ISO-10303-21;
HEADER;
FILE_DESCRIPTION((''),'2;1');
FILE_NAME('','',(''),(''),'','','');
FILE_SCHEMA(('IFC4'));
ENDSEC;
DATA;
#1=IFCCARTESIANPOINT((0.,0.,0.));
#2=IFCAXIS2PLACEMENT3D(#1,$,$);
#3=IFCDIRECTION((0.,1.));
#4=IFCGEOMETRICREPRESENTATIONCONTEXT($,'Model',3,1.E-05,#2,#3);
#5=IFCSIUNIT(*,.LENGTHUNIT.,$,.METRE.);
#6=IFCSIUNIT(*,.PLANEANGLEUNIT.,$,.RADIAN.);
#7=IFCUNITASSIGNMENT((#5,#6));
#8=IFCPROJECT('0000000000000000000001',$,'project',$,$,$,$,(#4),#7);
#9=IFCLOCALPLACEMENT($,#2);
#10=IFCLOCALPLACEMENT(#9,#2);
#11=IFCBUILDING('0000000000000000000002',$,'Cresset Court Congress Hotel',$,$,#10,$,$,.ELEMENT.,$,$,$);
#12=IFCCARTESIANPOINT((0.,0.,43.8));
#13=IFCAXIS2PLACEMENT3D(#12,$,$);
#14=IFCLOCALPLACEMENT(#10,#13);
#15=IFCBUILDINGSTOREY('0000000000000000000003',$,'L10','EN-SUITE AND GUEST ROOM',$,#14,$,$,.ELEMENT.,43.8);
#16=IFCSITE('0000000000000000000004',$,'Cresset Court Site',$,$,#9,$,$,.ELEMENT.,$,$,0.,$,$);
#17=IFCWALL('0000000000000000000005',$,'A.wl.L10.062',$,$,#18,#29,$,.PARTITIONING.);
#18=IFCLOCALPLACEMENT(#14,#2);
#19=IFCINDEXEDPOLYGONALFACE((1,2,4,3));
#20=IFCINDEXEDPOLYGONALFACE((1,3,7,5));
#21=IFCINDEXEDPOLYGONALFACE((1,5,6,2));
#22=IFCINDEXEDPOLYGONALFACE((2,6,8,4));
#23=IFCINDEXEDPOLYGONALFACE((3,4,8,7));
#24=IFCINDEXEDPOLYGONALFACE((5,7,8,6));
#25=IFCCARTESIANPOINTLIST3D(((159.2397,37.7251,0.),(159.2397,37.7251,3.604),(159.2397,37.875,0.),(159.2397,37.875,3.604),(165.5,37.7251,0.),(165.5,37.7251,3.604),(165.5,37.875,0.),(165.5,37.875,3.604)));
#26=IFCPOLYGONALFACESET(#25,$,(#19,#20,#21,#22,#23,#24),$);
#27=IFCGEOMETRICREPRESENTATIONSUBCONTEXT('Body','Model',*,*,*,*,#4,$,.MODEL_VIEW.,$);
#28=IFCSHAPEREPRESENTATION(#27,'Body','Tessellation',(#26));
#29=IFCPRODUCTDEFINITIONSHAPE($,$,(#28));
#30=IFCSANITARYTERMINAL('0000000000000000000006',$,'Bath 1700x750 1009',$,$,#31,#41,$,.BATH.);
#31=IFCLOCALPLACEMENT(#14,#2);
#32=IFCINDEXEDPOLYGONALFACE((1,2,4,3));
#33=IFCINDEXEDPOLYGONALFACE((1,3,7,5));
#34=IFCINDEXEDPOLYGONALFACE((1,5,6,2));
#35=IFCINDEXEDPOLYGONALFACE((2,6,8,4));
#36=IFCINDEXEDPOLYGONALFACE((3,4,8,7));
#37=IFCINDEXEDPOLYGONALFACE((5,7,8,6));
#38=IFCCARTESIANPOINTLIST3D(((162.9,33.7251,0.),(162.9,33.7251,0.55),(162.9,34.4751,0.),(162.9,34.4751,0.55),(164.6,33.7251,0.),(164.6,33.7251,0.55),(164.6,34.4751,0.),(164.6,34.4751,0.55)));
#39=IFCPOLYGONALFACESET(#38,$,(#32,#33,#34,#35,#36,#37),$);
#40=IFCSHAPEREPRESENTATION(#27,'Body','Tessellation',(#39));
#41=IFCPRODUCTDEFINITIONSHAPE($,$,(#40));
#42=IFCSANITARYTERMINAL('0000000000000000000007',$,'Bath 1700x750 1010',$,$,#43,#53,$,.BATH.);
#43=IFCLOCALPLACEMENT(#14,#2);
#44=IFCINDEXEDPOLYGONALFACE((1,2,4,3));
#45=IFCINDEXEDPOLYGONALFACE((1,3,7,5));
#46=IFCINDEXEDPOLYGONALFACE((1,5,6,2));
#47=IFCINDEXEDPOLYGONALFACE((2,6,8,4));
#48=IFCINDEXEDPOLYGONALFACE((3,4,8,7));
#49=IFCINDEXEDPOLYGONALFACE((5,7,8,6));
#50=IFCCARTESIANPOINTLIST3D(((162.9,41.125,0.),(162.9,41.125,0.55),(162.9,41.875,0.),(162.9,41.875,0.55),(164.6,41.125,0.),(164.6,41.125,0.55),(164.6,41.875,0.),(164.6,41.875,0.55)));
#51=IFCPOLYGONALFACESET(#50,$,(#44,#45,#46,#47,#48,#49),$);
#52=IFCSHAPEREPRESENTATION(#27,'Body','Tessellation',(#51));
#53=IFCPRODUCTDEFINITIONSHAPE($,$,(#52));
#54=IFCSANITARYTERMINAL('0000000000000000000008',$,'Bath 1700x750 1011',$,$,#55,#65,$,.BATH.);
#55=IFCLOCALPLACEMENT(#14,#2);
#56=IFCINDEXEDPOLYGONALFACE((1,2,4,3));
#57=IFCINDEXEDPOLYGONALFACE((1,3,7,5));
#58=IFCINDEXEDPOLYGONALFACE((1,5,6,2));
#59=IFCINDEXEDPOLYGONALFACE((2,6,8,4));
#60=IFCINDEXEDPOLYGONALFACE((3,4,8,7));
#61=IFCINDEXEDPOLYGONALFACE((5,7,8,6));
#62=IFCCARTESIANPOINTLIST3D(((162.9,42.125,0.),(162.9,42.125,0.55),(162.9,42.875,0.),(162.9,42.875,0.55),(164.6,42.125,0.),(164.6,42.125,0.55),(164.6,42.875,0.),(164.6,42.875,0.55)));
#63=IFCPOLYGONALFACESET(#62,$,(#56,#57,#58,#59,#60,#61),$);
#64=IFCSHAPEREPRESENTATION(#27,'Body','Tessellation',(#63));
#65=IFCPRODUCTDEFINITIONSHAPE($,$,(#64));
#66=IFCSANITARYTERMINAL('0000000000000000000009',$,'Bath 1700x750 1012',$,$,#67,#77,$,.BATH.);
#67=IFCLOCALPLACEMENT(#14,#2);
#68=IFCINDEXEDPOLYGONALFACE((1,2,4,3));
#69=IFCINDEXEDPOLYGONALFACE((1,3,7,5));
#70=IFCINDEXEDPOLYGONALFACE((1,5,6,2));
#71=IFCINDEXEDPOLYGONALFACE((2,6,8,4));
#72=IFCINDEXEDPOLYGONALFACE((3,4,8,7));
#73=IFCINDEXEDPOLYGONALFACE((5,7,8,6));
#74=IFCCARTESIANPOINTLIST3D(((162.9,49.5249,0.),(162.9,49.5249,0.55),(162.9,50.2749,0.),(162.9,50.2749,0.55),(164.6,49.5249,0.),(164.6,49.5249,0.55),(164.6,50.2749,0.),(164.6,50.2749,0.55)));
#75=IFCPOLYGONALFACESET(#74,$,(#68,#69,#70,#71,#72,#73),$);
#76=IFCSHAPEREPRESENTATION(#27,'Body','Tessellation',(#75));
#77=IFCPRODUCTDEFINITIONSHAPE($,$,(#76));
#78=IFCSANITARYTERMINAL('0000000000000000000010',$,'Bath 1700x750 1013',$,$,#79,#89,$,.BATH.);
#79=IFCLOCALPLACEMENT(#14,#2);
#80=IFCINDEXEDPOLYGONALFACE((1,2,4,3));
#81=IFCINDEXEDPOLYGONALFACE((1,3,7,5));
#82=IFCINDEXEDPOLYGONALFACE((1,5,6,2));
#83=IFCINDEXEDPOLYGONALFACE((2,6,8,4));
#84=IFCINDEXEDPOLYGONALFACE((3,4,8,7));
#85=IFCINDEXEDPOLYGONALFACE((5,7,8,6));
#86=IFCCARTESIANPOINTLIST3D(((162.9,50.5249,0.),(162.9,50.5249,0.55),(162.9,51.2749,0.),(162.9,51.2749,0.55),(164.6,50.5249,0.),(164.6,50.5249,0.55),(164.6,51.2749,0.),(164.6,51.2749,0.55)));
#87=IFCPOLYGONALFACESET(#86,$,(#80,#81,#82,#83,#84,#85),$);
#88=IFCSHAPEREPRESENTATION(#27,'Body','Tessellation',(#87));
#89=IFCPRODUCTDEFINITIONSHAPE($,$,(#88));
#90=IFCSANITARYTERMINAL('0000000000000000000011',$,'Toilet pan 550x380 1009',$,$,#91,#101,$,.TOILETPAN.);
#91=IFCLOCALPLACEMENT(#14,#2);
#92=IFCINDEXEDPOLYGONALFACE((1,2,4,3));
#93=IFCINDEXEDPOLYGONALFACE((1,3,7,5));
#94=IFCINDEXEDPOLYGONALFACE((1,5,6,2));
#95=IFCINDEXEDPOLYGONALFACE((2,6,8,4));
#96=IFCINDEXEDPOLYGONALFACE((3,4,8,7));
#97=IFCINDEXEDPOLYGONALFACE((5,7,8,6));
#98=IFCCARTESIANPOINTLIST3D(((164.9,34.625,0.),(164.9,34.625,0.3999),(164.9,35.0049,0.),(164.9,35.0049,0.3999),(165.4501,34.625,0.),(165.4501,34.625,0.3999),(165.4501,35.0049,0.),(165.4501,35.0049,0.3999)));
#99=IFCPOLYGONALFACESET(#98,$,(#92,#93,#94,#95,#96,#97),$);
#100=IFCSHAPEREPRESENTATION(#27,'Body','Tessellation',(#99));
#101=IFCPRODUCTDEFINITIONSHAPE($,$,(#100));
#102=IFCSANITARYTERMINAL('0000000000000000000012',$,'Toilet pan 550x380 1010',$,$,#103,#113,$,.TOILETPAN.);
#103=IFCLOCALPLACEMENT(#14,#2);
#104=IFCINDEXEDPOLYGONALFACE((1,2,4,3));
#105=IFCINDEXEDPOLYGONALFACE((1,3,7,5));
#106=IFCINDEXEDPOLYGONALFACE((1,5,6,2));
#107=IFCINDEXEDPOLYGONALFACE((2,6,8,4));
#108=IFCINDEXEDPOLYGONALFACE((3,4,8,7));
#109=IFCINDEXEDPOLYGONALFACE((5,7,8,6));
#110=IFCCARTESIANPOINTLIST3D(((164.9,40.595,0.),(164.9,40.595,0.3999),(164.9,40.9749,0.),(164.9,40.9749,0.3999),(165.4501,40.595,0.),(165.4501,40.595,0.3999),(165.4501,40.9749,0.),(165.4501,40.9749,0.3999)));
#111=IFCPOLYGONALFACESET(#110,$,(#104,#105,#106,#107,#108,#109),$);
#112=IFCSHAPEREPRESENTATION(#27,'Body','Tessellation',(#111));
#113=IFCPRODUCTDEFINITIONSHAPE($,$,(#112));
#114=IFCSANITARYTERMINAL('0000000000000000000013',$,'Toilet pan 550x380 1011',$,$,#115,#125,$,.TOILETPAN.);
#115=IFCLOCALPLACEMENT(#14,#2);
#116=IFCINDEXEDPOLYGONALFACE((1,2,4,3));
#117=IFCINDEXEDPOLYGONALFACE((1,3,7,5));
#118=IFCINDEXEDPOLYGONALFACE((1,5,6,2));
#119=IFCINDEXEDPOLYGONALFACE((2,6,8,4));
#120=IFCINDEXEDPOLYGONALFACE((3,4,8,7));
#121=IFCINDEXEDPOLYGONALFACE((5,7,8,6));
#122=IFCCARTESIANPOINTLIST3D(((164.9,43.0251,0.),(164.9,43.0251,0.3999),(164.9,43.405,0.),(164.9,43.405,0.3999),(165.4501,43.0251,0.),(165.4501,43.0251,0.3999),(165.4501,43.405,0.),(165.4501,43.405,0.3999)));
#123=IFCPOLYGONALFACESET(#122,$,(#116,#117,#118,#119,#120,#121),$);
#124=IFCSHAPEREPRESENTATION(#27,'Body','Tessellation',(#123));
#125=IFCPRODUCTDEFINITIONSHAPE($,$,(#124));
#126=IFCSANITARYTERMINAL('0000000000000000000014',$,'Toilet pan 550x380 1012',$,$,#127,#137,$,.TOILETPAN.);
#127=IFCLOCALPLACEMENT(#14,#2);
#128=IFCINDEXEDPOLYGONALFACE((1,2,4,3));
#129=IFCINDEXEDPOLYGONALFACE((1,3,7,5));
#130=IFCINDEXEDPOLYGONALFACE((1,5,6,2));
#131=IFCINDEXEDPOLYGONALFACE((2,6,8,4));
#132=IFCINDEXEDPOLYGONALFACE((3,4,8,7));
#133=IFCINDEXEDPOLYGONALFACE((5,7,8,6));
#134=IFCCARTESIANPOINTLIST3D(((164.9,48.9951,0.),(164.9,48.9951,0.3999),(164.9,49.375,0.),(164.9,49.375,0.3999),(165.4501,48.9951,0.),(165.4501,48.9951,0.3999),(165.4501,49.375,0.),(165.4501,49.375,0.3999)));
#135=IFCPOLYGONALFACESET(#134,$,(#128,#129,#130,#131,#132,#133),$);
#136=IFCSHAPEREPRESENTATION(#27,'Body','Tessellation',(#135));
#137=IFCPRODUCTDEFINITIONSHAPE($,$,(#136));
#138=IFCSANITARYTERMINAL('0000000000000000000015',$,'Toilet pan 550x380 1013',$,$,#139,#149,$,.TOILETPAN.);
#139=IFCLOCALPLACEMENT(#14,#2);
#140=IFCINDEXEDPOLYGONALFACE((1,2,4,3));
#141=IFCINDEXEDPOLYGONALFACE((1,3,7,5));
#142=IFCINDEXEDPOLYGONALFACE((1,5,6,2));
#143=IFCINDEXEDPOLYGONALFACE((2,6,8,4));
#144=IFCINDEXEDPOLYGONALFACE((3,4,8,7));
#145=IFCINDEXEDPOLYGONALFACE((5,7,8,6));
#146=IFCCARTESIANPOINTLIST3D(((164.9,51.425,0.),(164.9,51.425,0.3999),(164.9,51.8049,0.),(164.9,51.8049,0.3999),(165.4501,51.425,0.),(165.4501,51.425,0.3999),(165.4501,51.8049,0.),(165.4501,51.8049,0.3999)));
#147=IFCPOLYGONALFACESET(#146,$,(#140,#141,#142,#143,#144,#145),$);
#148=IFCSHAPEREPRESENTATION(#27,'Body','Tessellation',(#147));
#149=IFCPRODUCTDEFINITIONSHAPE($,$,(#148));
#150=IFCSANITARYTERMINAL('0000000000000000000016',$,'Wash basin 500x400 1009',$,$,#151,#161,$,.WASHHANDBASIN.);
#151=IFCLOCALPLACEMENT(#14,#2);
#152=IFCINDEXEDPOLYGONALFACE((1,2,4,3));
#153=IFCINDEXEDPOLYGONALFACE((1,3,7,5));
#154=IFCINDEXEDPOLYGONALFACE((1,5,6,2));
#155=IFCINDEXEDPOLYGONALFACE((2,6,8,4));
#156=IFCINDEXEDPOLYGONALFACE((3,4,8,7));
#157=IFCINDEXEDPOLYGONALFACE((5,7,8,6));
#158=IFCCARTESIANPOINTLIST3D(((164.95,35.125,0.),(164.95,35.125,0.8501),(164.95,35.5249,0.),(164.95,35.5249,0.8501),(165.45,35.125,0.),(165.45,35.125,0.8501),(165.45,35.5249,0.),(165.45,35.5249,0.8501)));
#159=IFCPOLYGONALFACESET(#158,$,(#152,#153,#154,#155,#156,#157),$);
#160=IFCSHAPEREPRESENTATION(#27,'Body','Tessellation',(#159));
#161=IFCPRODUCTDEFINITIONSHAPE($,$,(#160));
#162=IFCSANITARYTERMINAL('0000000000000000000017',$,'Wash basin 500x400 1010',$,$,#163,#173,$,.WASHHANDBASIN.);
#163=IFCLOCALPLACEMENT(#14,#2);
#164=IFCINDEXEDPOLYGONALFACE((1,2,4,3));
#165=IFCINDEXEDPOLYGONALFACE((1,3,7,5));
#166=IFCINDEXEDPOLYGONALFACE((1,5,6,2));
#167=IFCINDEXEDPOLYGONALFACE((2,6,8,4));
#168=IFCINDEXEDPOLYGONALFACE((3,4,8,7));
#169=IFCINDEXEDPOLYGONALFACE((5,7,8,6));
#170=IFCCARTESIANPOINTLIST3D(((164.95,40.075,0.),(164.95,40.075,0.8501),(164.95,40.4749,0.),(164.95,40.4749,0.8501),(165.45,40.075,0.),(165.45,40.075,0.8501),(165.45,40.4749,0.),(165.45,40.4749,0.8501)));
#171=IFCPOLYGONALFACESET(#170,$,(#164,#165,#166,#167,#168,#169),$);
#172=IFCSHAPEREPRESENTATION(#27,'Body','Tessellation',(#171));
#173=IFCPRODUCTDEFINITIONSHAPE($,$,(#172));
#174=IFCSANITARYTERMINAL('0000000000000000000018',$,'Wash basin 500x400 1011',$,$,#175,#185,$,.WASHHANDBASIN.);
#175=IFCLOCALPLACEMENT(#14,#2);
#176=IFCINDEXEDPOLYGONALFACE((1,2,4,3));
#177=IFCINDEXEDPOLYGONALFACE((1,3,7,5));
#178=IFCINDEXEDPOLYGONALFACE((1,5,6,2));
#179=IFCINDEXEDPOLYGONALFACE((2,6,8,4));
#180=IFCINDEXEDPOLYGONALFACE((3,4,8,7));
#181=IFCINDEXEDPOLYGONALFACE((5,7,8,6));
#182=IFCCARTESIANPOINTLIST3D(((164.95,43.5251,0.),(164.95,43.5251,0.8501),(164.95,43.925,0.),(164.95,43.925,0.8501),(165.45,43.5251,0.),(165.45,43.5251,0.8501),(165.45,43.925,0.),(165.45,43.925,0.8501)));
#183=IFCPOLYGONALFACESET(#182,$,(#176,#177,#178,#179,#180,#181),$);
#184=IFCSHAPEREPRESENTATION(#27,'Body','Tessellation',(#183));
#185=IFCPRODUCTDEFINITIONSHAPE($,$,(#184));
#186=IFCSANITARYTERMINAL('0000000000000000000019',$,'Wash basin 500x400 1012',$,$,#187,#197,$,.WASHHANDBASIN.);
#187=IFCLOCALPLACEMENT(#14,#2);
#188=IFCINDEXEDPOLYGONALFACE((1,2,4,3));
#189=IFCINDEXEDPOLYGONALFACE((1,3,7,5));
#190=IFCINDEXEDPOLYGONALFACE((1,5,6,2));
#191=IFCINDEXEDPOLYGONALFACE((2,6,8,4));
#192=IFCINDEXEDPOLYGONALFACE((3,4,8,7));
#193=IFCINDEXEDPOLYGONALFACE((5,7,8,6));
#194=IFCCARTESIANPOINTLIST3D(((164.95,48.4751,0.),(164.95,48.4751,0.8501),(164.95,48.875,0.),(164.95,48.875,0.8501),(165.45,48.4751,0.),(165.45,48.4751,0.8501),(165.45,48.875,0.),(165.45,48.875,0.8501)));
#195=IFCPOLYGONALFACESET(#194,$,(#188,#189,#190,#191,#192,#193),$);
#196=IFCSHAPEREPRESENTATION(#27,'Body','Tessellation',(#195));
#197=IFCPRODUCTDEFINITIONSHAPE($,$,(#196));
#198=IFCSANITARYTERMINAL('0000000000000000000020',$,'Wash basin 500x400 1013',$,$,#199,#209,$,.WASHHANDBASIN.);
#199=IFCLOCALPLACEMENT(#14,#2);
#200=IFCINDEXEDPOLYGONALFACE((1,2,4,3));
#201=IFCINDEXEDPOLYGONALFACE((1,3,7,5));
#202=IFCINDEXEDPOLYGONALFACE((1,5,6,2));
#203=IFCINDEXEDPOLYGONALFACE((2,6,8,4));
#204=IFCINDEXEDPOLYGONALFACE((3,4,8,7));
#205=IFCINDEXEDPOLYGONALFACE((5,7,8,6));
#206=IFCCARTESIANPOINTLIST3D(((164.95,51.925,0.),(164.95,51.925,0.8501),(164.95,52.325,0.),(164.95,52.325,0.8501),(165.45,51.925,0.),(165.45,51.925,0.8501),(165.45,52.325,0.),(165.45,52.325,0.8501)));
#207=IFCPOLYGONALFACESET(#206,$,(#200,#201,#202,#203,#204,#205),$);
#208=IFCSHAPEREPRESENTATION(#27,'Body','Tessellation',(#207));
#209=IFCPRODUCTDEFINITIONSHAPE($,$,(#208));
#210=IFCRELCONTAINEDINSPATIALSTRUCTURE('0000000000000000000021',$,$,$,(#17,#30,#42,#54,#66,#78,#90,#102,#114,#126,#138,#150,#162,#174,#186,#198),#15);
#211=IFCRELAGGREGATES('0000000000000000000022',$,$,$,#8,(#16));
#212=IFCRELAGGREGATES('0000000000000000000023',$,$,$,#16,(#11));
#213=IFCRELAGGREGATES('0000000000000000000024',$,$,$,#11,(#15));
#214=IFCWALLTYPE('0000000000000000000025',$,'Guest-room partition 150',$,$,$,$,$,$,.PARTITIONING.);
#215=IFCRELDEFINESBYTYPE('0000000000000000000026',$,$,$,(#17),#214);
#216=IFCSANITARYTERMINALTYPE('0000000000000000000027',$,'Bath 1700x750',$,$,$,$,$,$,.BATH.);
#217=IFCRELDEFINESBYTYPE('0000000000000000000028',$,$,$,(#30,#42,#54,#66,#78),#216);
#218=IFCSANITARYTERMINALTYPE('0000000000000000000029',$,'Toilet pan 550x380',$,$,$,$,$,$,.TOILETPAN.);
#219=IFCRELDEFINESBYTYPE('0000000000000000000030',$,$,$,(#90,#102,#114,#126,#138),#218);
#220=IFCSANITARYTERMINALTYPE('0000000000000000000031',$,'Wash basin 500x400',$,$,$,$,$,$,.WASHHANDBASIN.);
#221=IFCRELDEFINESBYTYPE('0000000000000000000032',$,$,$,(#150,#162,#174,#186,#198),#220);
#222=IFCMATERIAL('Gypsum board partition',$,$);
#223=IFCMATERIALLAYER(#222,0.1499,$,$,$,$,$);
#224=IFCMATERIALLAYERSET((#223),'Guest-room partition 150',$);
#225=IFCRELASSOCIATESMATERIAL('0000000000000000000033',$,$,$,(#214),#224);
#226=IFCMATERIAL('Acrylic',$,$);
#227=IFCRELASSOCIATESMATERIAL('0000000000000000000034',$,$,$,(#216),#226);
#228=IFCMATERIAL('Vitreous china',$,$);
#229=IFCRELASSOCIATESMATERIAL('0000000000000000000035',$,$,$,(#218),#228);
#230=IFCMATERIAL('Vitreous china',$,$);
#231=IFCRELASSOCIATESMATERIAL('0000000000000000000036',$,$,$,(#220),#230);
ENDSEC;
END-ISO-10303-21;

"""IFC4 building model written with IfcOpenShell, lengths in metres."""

from ifc_helpers import new_model, si_unit, direction, frame, frame_2d, origin, origin_2d, place, context, subcontext, project, spatial, rectangle, extrude, material, layer, layer_set, type_object, element, save


model = new_model("IFC4")

# Units and contexts
model_context = context("Model", 3, precision=1e-05, world=origin(), true_north=direction((0.0, 1.0)))
body_context = subcontext(model_context, "Body", "Model", "MODEL_VIEW")
ifc_project = project(units=[si_unit("LENGTHUNIT", "METRE"), si_unit("PLANEANGLEUNIT", "RADIAN")], contexts=[model_context])

# Site, building, storey
site_placement = place(None, origin())
site = spatial("IfcSite", under=ifc_project, at=site_placement, Name="Cresset Court Site", CompositionType="ELEMENT", RefElevation=0.0)
building_placement = place(site_placement, origin())
building = spatial("IfcBuilding", under=site, at=building_placement, Name="Cresset Court Congress Hotel", CompositionType="ELEMENT")
storey_placement = place(building_placement, frame((0.0, 0.0, 43.8)))
storey = spatial("IfcBuildingStorey", under=building, at=storey_placement, Name="L10", Description="EN-SUITE AND GUEST ROOM", CompositionType="ELEMENT", Elevation=43.8)

# Wall
ifc_material_1 = material(Name="Gypsum board partition")
ifc_layer_1 = layer(ifc_material_1, 0.1499)
ifc_layer_set_1 = layer_set([ifc_layer_1], Name="Guest-room partition 150")
wall_type_1 = type_object("IfcWallType", Name="Guest-room partition 150", PredefinedType="PARTITIONING", material=ifc_layer_set_1)
wall_1_placement = place(storey_placement, frame((159.2397, 37.8, 0.0), z_axis=(0.0, 0.0, 1.0), x_axis=(1.0, 0.0, 0.0)))
element("IfcWall", 1, at=wall_1_placement, inside=storey, type_object=wall_type_1, Name="A.wl.L10.062", PredefinedType="PARTITIONING", context=body_context, shape_type="SweptSolid", body=[
    extrude(rectangle(XDim=6.2603, YDim=0.1499, at=frame_2d((3.1301, 0.0))), origin(), (0.0, 0.0, 1.0), 3.604),
])

# Sanitary terminals
ifc_material_2 = material(Name="Acrylic")
sanitary_terminal_type_1 = type_object("IfcSanitaryTerminalType", Name="Bath 1700x750", PredefinedType="BATH", material=ifc_material_2)
for number, where, z_axis, x_axis, name in (
    (2, (163.75, 34.1001, 0.0), (0.0, 0.0, 1.0), (1.0, 0.0, 0.0), "Bath 1700x750 1009"),
    (3, (163.75, 41.5, 0.0), (0.0, 0.0, 1.0), (1.0, 0.0, 0.0), "Bath 1700x750 1010"),
    (4, (163.75, 42.5, 0.0), (0.0, 0.0, 1.0), (1.0, 0.0, 0.0), "Bath 1700x750 1011"),
    (5, (163.75, 49.8999, 0.0), (0.0, 0.0, 1.0), (1.0, 0.0, 0.0), "Bath 1700x750 1012"),
    (6, (163.75, 50.8999, 0.0), (0.0, 0.0, 1.0), (1.0, 0.0, 0.0), "Bath 1700x750 1013"),
):
    element("IfcSanitaryTerminal", number, at=place(storey_placement, frame(where, z_axis=z_axis, x_axis=x_axis)), inside=storey, type_object=sanitary_terminal_type_1, Name=name, PredefinedType="BATH", context=body_context, shape_type="SweptSolid", body=[
        extrude(rectangle(XDim=1.7, YDim=0.75, at=origin_2d()), origin(), (0.0, 0.0, 1.0), 0.55),
    ])
ifc_material_3 = material(Name="Vitreous china")
sanitary_terminal_type_2 = type_object("IfcSanitaryTerminalType", Name="Toilet pan 550x380", PredefinedType="TOILETPAN", material=ifc_material_3)
for number, where, z_axis, x_axis, name in (
    (7, (165.175, 34.8149, 0.0), (0.0, 0.0, 1.0), (1.0, 0.0, 0.0), "Toilet pan 550x380 1009"),
    (8, (165.175, 40.7849, 0.0), (0.0, 0.0, 1.0), (1.0, 0.0, 0.0), "Toilet pan 550x380 1010"),
    (9, (165.175, 43.2151, 0.0), (0.0, 0.0, 1.0), (1.0, 0.0, 0.0), "Toilet pan 550x380 1011"),
    (10, (165.175, 49.1851, 0.0), (0.0, 0.0, 1.0), (1.0, 0.0, 0.0), "Toilet pan 550x380 1012"),
    (11, (165.175, 51.615, 0.0), (0.0, 0.0, 1.0), (1.0, 0.0, 0.0), "Toilet pan 550x380 1013"),
):
    element("IfcSanitaryTerminal", number, at=place(storey_placement, frame(where, z_axis=z_axis, x_axis=x_axis)), inside=storey, type_object=sanitary_terminal_type_2, Name=name, PredefinedType="TOILETPAN", context=body_context, shape_type="SweptSolid", body=[
        extrude(rectangle(XDim=0.55, YDim=0.3799, at=origin_2d()), origin(), (0.0, 0.0, 1.0), 0.3999),
    ])
ifc_material_4 = material(Name="Vitreous china")
sanitary_terminal_type_3 = type_object("IfcSanitaryTerminalType", Name="Wash basin 500x400", PredefinedType="WASHHANDBASIN", material=ifc_material_4)
for number, where, z_axis, x_axis, name in (
    (12, (165.2, 35.325, 0.0), (0.0, 0.0, 1.0), (1.0, 0.0, 0.0), "Wash basin 500x400 1009"),
    (13, (165.2, 40.2749, 0.0), (0.0, 0.0, 1.0), (1.0, 0.0, 0.0), "Wash basin 500x400 1010"),
    (14, (165.2, 43.7251, 0.0), (0.0, 0.0, 1.0), (1.0, 0.0, 0.0), "Wash basin 500x400 1011"),
    (15, (165.2, 48.675, 0.0), (0.0, 0.0, 1.0), (1.0, 0.0, 0.0), "Wash basin 500x400 1012"),
    (16, (165.2, 52.125, 0.0), (0.0, 0.0, 1.0), (1.0, 0.0, 0.0), "Wash basin 500x400 1013"),
):
    element("IfcSanitaryTerminal", number, at=place(storey_placement, frame(where, z_axis=z_axis, x_axis=x_axis)), inside=storey, type_object=sanitary_terminal_type_3, Name=name, PredefinedType="WASHHANDBASIN", context=body_context, shape_type="SweptSolid", body=[
        extrude(rectangle(XDim=0.5, YDim=0.3999, at=origin_2d()), origin(), (0.0, 0.0, 1.0), 0.8501),
    ])

save(model, "model.ifc")
